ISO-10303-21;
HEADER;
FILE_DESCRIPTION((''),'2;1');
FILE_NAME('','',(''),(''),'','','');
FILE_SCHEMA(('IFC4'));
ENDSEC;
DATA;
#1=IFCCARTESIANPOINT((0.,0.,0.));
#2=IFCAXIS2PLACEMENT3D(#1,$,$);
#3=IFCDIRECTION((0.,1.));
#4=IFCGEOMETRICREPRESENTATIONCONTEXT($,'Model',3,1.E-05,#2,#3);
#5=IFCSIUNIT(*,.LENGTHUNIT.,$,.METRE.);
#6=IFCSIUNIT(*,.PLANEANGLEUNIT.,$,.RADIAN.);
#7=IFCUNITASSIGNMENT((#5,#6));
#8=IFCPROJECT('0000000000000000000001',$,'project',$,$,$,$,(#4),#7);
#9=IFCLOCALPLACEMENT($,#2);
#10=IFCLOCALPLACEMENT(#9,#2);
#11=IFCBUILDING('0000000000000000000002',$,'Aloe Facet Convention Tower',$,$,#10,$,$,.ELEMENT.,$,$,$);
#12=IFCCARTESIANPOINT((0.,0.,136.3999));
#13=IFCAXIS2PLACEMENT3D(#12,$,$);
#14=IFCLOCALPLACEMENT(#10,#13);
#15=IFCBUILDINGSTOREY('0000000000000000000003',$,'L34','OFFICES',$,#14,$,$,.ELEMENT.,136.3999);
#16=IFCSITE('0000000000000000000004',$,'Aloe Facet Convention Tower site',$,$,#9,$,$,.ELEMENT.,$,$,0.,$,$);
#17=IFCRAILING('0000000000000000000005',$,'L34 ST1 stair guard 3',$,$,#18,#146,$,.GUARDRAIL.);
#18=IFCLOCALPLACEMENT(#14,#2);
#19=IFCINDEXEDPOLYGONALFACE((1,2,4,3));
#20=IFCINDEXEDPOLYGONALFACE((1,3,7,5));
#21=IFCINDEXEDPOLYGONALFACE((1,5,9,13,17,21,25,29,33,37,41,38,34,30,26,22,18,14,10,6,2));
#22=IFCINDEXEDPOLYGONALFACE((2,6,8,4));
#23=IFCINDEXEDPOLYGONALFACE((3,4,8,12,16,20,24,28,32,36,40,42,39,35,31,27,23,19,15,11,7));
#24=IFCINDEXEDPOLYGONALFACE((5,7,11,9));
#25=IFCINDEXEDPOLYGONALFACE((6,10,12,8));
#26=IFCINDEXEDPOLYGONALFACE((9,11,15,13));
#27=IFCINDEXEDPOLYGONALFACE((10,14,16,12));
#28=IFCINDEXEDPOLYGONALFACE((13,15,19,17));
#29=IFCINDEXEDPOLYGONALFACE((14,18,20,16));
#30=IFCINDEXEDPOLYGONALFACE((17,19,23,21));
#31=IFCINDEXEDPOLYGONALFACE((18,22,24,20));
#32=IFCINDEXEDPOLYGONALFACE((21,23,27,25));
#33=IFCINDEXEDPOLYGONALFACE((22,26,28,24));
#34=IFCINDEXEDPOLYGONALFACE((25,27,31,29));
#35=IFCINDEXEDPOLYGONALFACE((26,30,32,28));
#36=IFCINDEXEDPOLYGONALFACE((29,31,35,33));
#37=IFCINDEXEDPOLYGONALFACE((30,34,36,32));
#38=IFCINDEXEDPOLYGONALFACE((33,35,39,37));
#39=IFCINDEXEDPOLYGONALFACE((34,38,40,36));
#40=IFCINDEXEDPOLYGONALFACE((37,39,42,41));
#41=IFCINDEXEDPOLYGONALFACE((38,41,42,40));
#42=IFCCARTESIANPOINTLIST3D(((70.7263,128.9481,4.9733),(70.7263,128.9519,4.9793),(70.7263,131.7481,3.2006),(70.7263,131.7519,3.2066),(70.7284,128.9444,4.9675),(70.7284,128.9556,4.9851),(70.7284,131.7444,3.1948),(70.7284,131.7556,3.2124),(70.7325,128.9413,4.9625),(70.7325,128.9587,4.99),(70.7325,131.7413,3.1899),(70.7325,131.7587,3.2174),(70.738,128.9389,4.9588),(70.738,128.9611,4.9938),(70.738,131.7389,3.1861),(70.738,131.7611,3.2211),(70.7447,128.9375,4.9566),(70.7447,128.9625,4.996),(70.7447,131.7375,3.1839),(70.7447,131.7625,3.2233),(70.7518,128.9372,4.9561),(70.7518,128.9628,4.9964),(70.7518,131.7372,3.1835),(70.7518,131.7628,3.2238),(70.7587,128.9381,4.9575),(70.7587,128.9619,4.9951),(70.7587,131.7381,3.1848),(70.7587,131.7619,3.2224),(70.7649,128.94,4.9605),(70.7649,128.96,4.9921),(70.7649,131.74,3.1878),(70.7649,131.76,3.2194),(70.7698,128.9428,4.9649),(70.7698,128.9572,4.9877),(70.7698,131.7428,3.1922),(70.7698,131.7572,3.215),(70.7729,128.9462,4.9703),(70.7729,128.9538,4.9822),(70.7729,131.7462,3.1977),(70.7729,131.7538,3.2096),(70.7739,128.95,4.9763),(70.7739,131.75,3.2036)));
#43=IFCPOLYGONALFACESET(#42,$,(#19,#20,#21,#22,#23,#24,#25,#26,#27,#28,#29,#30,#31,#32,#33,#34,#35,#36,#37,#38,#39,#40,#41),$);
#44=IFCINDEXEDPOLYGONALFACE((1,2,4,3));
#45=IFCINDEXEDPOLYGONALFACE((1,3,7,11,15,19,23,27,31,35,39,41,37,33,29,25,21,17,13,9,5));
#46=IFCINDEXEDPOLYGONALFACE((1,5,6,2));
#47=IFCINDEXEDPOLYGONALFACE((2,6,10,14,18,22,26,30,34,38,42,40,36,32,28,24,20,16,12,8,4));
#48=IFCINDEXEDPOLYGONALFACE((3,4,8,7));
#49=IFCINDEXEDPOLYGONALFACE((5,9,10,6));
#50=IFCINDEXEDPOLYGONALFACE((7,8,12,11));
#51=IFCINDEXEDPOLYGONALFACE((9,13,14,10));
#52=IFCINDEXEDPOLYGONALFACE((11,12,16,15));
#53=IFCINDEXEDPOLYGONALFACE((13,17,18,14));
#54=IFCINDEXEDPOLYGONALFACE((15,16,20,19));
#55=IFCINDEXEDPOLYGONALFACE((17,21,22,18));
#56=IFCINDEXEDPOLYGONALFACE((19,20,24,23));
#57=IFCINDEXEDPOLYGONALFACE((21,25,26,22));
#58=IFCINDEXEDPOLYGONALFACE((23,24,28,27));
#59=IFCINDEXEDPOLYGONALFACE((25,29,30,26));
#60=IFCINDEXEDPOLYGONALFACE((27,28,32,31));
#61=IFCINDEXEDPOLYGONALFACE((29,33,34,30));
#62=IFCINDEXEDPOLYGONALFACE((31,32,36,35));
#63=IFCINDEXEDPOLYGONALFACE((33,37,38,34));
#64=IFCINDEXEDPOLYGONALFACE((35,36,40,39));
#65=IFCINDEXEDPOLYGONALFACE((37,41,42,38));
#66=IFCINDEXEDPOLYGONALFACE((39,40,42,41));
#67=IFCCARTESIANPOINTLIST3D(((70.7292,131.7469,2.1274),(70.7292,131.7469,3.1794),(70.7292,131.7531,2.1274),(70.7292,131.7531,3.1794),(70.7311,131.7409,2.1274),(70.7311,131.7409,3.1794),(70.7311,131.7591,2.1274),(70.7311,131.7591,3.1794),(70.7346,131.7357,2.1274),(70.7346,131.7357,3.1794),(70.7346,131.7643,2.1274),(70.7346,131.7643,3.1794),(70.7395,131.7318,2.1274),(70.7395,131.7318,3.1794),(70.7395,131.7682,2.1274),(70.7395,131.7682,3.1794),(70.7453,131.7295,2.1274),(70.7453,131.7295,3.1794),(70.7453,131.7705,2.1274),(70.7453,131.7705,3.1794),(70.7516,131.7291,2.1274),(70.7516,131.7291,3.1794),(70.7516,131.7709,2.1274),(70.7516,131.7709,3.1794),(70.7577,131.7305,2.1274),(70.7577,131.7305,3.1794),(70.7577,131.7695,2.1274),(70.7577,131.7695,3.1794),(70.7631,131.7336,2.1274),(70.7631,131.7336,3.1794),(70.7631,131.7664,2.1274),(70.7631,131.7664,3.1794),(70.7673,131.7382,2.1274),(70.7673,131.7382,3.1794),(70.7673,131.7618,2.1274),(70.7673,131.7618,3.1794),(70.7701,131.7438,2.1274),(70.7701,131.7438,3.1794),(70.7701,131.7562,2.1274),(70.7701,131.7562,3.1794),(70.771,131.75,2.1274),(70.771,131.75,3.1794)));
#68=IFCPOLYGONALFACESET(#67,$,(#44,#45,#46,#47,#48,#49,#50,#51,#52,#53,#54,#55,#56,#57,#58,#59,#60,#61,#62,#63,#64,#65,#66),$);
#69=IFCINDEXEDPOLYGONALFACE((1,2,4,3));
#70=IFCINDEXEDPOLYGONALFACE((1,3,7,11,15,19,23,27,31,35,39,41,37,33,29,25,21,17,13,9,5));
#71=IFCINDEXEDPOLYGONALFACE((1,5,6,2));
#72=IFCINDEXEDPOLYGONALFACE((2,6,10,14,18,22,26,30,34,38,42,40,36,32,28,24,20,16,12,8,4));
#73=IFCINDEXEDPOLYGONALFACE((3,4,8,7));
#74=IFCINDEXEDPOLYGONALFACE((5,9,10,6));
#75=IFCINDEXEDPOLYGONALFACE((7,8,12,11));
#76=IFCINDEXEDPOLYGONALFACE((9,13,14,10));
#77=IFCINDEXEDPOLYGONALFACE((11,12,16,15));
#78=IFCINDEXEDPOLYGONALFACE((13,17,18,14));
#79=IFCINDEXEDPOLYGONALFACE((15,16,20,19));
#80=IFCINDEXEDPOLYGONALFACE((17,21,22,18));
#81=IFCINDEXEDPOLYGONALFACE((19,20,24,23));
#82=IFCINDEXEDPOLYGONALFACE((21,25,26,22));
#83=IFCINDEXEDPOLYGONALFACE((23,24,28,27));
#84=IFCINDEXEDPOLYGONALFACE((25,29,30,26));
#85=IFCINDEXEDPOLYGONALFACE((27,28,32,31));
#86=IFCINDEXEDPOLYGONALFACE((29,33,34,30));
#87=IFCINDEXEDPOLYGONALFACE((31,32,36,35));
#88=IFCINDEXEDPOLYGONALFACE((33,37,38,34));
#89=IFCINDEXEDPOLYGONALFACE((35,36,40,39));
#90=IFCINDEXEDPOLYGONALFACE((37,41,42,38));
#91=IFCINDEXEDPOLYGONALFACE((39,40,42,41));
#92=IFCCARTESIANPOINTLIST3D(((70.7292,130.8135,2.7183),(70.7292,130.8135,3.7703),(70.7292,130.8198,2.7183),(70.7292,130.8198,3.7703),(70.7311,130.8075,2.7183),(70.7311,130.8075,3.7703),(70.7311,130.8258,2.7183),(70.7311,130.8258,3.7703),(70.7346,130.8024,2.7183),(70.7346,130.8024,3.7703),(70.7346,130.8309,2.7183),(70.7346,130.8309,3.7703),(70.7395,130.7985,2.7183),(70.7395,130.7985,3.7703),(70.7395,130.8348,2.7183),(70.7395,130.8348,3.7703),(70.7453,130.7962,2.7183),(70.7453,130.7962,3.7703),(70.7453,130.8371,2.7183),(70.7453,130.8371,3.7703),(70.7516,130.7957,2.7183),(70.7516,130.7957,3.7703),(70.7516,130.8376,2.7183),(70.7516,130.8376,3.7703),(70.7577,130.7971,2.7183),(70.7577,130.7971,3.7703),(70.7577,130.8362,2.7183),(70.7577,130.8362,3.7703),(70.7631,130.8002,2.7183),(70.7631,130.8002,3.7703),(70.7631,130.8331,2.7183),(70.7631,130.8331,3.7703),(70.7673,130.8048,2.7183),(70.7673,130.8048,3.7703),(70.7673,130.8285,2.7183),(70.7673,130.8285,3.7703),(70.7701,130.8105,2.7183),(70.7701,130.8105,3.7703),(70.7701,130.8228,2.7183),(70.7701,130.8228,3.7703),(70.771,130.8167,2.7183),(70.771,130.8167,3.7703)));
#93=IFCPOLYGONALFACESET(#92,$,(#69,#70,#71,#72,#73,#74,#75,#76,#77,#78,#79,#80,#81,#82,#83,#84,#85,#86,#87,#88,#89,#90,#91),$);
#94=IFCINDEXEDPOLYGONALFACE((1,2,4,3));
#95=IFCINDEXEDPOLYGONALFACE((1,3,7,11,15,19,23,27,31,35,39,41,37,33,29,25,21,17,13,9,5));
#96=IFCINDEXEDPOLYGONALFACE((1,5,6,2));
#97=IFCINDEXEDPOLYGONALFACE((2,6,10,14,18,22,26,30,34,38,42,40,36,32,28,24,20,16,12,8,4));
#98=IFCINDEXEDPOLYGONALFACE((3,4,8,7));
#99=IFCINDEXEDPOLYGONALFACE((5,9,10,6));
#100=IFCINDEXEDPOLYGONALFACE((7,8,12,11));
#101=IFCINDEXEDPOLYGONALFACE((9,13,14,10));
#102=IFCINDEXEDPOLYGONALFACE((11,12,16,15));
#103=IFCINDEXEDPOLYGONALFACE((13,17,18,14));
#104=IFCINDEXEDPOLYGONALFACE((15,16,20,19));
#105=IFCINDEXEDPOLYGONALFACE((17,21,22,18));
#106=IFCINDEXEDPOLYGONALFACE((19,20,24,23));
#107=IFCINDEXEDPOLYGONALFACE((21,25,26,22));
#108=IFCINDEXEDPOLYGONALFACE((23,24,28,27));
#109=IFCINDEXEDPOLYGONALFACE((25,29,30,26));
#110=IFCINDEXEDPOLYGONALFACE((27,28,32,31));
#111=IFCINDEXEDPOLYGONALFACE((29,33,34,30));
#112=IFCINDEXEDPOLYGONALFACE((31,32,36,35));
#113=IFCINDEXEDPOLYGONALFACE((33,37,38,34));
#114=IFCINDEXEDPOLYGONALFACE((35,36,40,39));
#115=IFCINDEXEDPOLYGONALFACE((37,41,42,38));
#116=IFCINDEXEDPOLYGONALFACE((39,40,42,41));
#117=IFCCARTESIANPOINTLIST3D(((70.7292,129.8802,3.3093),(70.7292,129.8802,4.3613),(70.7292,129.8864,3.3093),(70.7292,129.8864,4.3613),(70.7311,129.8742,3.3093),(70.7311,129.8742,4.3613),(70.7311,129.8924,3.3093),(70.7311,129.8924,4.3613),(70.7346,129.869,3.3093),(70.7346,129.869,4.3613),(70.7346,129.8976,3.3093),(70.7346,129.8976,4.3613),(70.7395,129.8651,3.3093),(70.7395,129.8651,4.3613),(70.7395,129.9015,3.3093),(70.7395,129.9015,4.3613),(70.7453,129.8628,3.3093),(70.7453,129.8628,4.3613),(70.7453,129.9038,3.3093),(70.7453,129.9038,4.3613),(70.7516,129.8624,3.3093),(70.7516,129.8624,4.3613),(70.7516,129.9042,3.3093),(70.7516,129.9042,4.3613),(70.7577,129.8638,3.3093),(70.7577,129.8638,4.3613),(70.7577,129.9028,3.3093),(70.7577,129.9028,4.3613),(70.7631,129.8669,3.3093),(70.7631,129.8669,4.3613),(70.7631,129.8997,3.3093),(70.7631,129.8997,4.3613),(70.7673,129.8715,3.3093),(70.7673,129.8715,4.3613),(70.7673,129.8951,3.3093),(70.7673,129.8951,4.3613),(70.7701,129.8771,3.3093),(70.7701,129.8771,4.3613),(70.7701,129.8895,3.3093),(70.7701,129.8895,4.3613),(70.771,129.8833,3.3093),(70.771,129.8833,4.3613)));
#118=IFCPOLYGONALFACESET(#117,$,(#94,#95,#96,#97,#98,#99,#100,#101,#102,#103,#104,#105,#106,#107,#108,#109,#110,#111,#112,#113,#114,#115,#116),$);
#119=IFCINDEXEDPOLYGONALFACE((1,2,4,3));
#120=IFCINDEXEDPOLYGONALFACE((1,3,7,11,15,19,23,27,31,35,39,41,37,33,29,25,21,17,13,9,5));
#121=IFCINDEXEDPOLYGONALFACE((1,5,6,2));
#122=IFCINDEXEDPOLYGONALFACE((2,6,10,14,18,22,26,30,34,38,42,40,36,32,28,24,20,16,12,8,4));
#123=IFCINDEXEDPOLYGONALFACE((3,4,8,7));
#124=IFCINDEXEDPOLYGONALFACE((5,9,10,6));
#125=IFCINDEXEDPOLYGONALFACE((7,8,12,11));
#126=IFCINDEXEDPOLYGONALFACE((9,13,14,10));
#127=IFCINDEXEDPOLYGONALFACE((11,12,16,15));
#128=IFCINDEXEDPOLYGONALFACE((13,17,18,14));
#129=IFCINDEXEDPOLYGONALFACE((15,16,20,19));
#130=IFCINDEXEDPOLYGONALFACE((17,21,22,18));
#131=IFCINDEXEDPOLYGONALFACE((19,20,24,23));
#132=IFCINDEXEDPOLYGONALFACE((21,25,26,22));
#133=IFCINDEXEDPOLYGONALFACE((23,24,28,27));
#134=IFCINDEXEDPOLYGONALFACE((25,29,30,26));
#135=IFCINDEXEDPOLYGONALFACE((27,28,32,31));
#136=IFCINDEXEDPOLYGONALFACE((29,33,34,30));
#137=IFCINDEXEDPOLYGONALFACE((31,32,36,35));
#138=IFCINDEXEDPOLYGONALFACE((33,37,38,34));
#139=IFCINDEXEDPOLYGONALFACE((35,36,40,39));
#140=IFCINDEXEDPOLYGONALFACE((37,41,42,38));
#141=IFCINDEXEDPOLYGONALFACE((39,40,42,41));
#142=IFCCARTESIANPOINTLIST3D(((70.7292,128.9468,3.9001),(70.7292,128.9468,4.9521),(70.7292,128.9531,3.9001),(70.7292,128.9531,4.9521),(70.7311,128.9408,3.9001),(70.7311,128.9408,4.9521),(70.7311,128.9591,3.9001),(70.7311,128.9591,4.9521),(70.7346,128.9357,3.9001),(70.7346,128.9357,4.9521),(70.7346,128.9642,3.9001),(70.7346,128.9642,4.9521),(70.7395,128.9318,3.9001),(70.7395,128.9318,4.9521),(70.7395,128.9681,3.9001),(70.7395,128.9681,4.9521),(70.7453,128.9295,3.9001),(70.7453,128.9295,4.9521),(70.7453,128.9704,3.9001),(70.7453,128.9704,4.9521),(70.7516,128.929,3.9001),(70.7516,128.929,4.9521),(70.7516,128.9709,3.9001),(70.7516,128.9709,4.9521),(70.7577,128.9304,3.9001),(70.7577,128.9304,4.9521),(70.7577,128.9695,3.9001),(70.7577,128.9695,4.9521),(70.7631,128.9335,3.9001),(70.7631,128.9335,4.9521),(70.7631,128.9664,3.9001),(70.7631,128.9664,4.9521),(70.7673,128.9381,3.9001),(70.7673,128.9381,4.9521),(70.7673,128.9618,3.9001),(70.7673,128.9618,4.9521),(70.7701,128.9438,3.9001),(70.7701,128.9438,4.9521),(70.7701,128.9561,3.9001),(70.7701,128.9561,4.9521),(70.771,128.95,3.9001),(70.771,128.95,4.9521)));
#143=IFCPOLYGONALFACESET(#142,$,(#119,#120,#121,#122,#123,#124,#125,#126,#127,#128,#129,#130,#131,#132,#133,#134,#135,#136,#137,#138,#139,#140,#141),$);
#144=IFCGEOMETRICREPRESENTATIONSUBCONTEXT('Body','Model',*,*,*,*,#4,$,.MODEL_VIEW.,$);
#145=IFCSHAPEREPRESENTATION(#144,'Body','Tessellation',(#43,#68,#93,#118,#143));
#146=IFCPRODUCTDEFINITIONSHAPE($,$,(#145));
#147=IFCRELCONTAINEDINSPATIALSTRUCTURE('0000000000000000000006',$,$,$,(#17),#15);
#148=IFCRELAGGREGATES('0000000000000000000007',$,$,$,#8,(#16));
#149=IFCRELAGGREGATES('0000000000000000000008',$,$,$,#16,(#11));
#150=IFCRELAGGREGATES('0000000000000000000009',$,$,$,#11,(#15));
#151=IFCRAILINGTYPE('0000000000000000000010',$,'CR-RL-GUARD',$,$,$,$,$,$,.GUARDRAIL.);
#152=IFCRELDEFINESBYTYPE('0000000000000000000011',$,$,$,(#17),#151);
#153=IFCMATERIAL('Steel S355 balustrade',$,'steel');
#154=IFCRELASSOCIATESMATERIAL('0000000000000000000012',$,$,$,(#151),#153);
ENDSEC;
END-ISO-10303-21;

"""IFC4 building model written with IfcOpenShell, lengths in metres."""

from ifc_helpers import new_model, si_unit, direction, frame, origin, origin_2d, place, context, subcontext, project, spatial, circle, extrude, material, type_object, element, save


model = new_model("IFC4")

# Units and contexts
model_context = context("Model", 3, precision=1e-05, world=origin(), true_north=direction((0.0, 1.0)))
body_context = subcontext(model_context, "Body", "Model", "MODEL_VIEW")
ifc_project = project(units=[si_unit("LENGTHUNIT", "METRE"), si_unit("PLANEANGLEUNIT", "RADIAN")], contexts=[model_context])

# Site, building, storey
site_placement = place(None, origin())
site = spatial("IfcSite", under=ifc_project, at=site_placement, Name="Aloe Facet Convention Tower site", CompositionType="ELEMENT", RefElevation=0.0)
building_placement = place(site_placement, origin())
building = spatial("IfcBuilding", under=site, at=building_placement, Name="Aloe Facet Convention Tower", CompositionType="ELEMENT")
storey_placement = place(building_placement, frame((0.0, 0.0, 136.3999)))
storey = spatial("IfcBuildingStorey", under=building, at=storey_placement, Name="L34", Description="OFFICES", CompositionType="ELEMENT", Elevation=136.3999)

# Railing
ifc_material_1 = material(Name="Steel S355 balustrade", Category="steel")
railing_type_1 = type_object("IfcRailingType", Name="CR-RL-GUARD", PredefinedType="GUARDRAIL", material=ifc_material_1)
railing_1_placement = place(storey_placement, frame((70.75, 131.75, 2.1274)))
element("IfcRailing", 1, at=railing_1_placement, inside=storey, type_object=railing_type_1, Name="L34 ST1 stair guard 3", PredefinedType="GUARDRAIL", context=body_context, shape_type="SweptSolid", body=[
    extrude(circle(Radius=0.0239, at=origin_2d()), frame((0.0, 0.0, 1.0762), z_axis=(0.0, -0.844909, 0.53491), x_axis=(1.0, 0.0, 0.0)), (0.0, 0.0, 1.0), 3.314),
    extrude(circle(Radius=0.021, at=origin_2d()), origin(), (0.0, 0.0, 1.0), 1.052),
    extrude(circle(Radius=0.021, at=origin_2d()), frame((0.0, -0.9333, 0.5908)), (0.0, 0.0, 1.0), 1.052),
    extrude(circle(Radius=0.021, at=origin_2d()), frame((0.0, -1.8667, 1.1819)), (0.0, 0.0, 1.0), 1.052),
    extrude(circle(Radius=0.021, at=origin_2d()), frame((0.0, -2.8, 1.7727)), (0.0, 0.0, 1.0), 1.052),
])

save(model, "model.ifc")
